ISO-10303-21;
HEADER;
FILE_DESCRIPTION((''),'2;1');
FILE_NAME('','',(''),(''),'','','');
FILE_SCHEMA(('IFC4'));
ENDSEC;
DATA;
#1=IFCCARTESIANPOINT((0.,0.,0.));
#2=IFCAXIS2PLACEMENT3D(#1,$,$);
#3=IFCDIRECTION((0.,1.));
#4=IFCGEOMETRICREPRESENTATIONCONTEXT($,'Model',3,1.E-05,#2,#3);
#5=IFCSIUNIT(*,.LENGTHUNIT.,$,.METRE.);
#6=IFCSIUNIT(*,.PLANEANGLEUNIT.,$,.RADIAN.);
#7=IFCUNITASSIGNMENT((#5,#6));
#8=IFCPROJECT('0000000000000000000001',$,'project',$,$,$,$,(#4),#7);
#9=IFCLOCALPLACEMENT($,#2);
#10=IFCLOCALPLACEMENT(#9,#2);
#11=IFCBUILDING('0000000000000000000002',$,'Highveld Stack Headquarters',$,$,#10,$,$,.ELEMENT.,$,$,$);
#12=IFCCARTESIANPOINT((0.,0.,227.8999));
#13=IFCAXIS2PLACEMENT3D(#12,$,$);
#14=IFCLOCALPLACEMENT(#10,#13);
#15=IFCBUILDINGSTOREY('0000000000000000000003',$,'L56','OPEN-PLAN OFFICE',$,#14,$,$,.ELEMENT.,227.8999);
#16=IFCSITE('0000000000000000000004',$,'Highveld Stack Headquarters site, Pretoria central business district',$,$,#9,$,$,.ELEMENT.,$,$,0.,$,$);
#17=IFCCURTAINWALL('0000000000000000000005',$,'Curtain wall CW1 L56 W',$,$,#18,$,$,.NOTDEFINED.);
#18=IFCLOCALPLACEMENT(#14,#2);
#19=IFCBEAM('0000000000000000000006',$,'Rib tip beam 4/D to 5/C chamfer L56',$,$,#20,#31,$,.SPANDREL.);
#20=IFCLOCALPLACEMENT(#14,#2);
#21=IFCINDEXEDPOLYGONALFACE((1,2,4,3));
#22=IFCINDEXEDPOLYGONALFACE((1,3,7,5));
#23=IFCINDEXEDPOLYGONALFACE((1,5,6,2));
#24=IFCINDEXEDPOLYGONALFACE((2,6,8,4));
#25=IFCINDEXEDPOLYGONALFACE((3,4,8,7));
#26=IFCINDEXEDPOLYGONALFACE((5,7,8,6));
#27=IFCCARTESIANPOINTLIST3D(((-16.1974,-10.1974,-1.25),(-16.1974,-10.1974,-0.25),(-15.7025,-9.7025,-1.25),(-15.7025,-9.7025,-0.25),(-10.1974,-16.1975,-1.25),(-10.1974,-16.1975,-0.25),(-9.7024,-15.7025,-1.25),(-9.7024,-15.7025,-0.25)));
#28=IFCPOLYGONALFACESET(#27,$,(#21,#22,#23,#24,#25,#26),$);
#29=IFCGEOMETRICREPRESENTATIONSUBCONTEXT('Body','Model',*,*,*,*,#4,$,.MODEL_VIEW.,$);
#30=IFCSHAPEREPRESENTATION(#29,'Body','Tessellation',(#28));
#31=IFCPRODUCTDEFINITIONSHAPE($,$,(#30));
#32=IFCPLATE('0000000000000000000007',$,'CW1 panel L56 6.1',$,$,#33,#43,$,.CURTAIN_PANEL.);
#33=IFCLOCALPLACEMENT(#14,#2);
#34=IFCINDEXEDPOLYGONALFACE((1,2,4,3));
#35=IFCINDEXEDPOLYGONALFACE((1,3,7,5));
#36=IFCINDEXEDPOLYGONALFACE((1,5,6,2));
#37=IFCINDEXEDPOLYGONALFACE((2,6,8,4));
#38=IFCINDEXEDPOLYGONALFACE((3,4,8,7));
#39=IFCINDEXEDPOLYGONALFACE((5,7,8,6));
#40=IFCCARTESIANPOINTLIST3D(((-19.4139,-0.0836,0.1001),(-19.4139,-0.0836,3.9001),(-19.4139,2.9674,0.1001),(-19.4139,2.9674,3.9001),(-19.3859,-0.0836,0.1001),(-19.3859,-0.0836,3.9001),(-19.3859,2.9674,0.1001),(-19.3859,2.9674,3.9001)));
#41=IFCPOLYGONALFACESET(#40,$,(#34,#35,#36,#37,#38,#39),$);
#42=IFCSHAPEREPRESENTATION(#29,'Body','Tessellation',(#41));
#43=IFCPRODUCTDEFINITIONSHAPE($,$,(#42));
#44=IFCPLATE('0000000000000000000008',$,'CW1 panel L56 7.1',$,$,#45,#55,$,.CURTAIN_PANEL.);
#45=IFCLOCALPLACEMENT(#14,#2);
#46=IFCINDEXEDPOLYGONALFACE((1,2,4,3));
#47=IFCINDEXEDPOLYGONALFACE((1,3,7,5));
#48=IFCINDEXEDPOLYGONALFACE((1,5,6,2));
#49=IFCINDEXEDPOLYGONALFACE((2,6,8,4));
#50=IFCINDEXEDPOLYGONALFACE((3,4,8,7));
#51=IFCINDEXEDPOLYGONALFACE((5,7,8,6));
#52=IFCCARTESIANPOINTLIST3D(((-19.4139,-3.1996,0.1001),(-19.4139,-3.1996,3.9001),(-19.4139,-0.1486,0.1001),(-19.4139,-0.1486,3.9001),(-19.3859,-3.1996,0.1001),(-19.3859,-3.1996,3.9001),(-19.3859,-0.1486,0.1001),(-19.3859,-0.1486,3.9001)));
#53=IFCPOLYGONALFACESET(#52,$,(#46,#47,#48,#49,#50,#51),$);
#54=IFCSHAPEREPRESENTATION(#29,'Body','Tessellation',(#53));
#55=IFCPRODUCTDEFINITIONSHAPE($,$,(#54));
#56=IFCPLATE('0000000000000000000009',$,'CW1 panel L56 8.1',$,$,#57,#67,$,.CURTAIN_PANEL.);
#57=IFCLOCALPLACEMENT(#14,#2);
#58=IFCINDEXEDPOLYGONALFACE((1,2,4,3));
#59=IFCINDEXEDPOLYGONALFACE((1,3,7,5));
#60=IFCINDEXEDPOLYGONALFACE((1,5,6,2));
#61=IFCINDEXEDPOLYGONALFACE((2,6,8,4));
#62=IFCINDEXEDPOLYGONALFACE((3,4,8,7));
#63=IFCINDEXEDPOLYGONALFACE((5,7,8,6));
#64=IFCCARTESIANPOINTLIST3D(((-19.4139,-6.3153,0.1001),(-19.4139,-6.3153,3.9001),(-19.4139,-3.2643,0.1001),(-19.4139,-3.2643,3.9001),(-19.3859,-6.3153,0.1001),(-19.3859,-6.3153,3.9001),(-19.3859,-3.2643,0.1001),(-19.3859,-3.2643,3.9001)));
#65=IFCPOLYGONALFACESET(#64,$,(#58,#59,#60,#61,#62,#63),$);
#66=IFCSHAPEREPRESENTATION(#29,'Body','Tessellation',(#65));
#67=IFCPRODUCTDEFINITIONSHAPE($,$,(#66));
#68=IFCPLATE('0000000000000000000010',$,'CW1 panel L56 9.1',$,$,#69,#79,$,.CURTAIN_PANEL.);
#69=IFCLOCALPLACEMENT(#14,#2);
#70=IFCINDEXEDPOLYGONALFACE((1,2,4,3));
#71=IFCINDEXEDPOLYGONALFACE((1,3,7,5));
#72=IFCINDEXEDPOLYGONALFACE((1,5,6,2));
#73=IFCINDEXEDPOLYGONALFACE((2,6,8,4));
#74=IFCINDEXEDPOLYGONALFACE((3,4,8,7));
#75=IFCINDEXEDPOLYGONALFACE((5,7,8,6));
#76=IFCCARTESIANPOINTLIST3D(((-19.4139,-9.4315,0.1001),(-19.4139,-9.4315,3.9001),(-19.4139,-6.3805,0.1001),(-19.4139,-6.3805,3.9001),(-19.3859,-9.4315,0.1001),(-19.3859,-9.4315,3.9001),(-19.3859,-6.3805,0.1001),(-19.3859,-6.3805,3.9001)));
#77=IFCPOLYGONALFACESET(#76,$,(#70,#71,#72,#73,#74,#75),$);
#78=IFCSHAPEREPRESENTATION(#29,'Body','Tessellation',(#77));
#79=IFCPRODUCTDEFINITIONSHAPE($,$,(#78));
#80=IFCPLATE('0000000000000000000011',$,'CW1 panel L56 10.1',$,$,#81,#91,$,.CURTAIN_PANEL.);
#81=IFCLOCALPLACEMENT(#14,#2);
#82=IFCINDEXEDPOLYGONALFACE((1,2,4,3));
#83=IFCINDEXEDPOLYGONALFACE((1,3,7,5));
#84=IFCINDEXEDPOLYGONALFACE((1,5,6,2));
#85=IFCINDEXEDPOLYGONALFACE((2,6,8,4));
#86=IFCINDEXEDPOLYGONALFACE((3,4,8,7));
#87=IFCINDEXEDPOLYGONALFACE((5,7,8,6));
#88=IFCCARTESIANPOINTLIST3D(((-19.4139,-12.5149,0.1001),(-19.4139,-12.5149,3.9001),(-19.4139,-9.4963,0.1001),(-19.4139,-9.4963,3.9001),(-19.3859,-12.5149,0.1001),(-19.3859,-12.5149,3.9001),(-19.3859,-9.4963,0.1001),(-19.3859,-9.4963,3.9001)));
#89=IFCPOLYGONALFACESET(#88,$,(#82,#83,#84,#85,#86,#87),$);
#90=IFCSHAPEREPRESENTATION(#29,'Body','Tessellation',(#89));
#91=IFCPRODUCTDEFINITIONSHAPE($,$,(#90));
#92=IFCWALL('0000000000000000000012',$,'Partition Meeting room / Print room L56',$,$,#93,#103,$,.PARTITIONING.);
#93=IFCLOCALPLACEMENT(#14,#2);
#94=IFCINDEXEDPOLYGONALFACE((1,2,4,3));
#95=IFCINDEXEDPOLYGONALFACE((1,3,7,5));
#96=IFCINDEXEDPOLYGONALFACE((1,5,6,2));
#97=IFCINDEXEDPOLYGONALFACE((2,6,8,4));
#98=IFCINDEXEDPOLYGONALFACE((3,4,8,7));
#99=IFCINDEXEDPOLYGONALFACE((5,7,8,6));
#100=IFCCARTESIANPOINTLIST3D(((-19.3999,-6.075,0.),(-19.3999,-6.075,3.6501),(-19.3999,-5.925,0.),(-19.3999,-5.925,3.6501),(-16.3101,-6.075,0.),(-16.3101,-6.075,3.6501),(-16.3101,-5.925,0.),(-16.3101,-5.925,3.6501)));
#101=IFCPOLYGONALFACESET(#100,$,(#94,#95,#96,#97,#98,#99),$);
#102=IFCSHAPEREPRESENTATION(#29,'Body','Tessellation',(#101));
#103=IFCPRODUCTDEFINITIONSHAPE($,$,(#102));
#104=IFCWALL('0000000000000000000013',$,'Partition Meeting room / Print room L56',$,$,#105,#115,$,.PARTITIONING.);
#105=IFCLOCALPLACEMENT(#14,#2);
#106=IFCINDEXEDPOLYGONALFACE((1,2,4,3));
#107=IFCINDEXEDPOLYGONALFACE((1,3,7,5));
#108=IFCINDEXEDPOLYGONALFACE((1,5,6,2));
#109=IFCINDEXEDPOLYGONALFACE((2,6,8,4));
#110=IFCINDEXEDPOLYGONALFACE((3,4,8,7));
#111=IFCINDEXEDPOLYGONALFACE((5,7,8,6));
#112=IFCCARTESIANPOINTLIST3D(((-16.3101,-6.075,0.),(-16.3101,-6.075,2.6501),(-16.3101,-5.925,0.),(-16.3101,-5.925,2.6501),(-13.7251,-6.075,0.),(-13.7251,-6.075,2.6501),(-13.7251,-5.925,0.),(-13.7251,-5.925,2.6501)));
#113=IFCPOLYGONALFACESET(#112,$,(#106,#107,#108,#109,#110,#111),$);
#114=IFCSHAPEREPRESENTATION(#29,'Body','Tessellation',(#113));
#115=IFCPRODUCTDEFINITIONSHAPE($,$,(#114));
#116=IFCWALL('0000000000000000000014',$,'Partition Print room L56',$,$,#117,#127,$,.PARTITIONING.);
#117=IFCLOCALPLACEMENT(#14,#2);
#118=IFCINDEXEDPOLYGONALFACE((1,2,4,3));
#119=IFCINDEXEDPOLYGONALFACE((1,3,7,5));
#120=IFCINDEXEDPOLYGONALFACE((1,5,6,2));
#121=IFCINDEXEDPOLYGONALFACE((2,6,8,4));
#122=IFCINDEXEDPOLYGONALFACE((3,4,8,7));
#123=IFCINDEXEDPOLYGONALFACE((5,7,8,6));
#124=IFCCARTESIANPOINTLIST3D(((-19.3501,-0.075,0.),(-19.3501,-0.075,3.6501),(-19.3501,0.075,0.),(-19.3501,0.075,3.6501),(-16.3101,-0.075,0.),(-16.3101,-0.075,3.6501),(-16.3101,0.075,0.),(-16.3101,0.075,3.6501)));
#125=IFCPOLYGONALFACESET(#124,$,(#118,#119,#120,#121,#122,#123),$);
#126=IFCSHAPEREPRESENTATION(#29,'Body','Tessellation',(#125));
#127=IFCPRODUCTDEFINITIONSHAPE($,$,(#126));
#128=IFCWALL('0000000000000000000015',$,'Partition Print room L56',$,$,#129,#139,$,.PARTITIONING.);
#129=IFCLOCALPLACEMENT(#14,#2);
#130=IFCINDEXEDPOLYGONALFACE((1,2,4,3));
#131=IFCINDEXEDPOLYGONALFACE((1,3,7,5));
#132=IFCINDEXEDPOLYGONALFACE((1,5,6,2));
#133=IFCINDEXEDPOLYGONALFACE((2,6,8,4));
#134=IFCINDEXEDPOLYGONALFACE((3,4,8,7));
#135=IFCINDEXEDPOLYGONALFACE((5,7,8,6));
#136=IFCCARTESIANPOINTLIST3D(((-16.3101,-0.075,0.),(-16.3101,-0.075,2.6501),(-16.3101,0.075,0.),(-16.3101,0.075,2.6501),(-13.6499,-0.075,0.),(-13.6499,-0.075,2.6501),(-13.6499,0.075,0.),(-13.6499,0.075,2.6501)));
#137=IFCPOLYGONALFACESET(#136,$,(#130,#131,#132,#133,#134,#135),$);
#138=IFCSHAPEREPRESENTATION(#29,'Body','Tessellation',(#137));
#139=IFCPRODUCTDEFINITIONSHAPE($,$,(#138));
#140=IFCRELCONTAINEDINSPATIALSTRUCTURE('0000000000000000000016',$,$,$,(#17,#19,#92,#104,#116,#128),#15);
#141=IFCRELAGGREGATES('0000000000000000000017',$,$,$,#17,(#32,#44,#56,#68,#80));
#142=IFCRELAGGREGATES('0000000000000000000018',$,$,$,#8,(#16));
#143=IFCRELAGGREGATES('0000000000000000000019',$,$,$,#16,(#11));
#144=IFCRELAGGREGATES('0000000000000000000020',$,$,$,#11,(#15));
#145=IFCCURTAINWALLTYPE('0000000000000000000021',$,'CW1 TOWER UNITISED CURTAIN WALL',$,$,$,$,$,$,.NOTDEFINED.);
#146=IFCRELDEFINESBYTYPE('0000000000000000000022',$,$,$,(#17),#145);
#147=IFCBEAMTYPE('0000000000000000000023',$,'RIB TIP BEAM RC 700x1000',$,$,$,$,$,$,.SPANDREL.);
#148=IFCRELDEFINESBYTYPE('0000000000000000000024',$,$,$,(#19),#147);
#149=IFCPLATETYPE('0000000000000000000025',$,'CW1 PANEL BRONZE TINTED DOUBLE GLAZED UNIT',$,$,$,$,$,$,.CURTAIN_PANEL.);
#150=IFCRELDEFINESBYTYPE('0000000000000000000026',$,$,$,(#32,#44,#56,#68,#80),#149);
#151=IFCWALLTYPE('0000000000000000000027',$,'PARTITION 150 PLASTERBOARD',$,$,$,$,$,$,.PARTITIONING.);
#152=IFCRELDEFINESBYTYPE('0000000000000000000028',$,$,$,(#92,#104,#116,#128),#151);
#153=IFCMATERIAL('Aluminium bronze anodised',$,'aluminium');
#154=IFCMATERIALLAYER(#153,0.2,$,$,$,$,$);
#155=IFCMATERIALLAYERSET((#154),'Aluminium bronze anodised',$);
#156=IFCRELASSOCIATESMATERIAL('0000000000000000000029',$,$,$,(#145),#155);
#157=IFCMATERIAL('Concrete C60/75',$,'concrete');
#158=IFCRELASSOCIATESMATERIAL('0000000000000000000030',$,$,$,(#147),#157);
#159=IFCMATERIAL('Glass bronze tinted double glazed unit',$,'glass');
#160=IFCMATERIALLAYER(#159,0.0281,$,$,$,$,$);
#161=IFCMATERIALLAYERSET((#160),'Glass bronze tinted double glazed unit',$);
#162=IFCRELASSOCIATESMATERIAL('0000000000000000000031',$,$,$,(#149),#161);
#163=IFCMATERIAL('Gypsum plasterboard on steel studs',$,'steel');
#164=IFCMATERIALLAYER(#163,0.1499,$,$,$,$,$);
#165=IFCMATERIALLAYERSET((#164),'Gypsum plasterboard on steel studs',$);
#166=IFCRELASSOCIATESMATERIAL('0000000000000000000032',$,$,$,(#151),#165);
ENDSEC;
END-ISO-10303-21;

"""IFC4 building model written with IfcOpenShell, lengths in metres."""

from ifc_helpers import new_model, si_unit, direction, frame, frame_2d, origin, origin_2d, place, context, subcontext, project, spatial, rectangle, extrude, material, layer, layer_set, material_profile, profile_set, type_object, element, aggregate, save


model = new_model("IFC4")

# Units and contexts
model_context = context("Model", 3, precision=1e-05, world=origin(), true_north=direction((0.0, 1.0)))
body_context = subcontext(model_context, "Body", "Model", "MODEL_VIEW")
ifc_project = project(units=[si_unit("LENGTHUNIT", "METRE"), si_unit("PLANEANGLEUNIT", "RADIAN")], contexts=[model_context])

# Site, building, storey
site_placement = place(None, origin())
site = spatial("IfcSite", under=ifc_project, at=site_placement, Name="Highveld Stack Headquarters site, Pretoria central business district", CompositionType="ELEMENT", RefElevation=0.0)
building_placement = place(site_placement, origin())
building = spatial("IfcBuilding", under=site, at=building_placement, Name="Highveld Stack Headquarters", CompositionType="ELEMENT")
storey_placement = place(building_placement, frame((0.0, 0.0, 227.8999)))
storey = spatial("IfcBuildingStorey", under=building, at=storey_placement, Name="L56", Description="OPEN-PLAN OFFICE", CompositionType="ELEMENT", Elevation=227.8999)

# Curtain wall
ifc_material_1 = material(Name="Aluminium bronze anodised", Category="aluminium")
ifc_layer_1 = layer(ifc_material_1, 0.2)
ifc_layer_set_1 = layer_set([ifc_layer_1], Name="Aluminium bronze anodised")
curtain_wall_type = type_object("IfcCurtainWallType", Name="CW1 TOWER UNITISED CURTAIN WALL", PredefinedType="NOTDEFINED", material=ifc_layer_set_1)
curtain_wall_placement = place(storey_placement, origin())
curtain_wall = element("IfcCurtainWall", 1, at=curtain_wall_placement, inside=storey, type_object=curtain_wall_type, Name="Curtain wall CW1 L56 W", PredefinedType="NOTDEFINED")

# Beam
ifc_material_2 = material(Name="Concrete C60/75", Category="concrete")
ifc_material_profile_1 = material_profile(ifc_material_2, rectangle(XDim=0.7, YDim=1.0, at=origin_2d()), Name="RC 700x1000")
ifc_profile_set_1 = profile_set([ifc_material_profile_1], Name="Concrete C60/75")
beam_type = type_object("IfcBeamType", Name="RIB TIP BEAM RC 700x1000", PredefinedType="SPANDREL", material=ifc_profile_set_1)
beam_1_placement = place(storey_placement, frame((-15.95, -9.95, -0.75), z_axis=(0.707107, -0.707107, 0.0), x_axis=(0.707107, 0.707107, 0.0)))
element("IfcBeam", 2, at=beam_1_placement, inside=storey, type_object=beam_type, Name="Rib tip beam 4/D to 5/C chamfer L56", PredefinedType="SPANDREL", context=body_context, shape_type="SweptSolid", body=[
    extrude(rectangle(XDim=0.7, YDim=1.0, at=origin_2d()), origin(), (0.0, 0.0, 1.0), 8.4854),
])

# Plates
ifc_material_3 = material(Name="Glass bronze tinted double glazed unit", Category="glass")
ifc_layer_2 = layer(ifc_material_3, 0.0281)
ifc_layer_set_2 = layer_set([ifc_layer_2], Name="Glass bronze tinted double glazed unit")
plate_type = type_object("IfcPlateType", Name="CW1 PANEL BRONZE TINTED DOUBLE GLAZED UNIT", PredefinedType="CURTAIN_PANEL", material=ifc_layer_set_2)
plate_1_placement = place(storey_placement, frame((-19.3999, 1.4419, 0.1001), z_axis=(0.0, 0.0, 1.0), x_axis=(0.0, -1.0, 0.0)))
plate_1 = element("IfcPlate", 3, at=plate_1_placement, type_object=plate_type, Name="CW1 panel L56 6.1", PredefinedType="CURTAIN_PANEL", context=body_context, shape_type="SweptSolid", body=[
    extrude(rectangle(XDim=3.051, YDim=0.0281, at=origin_2d()), origin(), (0.0, 0.0, 1.0), 3.8),
])
plate_2_placement = place(storey_placement, frame((-19.3999, -1.6741, 0.1001), z_axis=(0.0, 0.0, 1.0), x_axis=(0.0, -1.0, 0.0)))
plate_2 = element("IfcPlate", 4, at=plate_2_placement, type_object=plate_type, Name="CW1 panel L56 7.1", PredefinedType="CURTAIN_PANEL", context=body_context, shape_type="SweptSolid", body=[
    extrude(rectangle(XDim=3.051, YDim=0.0281, at=origin_2d()), origin(), (0.0, 0.0, 1.0), 3.8),
])
plate_3_placement = place(storey_placement, frame((-19.3999, -4.7898, 0.1001), z_axis=(0.0, 0.0, 1.0), x_axis=(0.0, -1.0, 0.0)))
plate_3 = element("IfcPlate", 5, at=plate_3_placement, type_object=plate_type, Name="CW1 panel L56 8.1", PredefinedType="CURTAIN_PANEL", context=body_context, shape_type="SweptSolid", body=[
    extrude(rectangle(XDim=3.051, YDim=0.0281, at=origin_2d()), origin(), (0.0, 0.0, 1.0), 3.8),
])
plate_4_placement = place(storey_placement, frame((-19.3999, -7.906, 0.1001), z_axis=(0.0, 0.0, 1.0), x_axis=(0.0, -1.0, 0.0)))
plate_4 = element("IfcPlate", 6, at=plate_4_placement, type_object=plate_type, Name="CW1 panel L56 9.1", PredefinedType="CURTAIN_PANEL", context=body_context, shape_type="SweptSolid", body=[
    extrude(rectangle(XDim=3.051, YDim=0.0281, at=origin_2d()), origin(), (0.0, 0.0, 1.0), 3.8),
])
plate_5_placement = place(storey_placement, frame((-19.3999, -11.0056, 0.1001), z_axis=(0.0, 0.0, 1.0), x_axis=(0.0, -1.0, 0.0)))
plate_5 = element("IfcPlate", 7, at=plate_5_placement, type_object=plate_type, Name="CW1 panel L56 10.1", PredefinedType="CURTAIN_PANEL", context=body_context, shape_type="SweptSolid", body=[
    extrude(rectangle(XDim=3.0186, YDim=0.0281, at=origin_2d()), origin(), (0.0, 0.0, 1.0), 3.8),
])
aggregate(curtain_wall, [plate_1, plate_2, plate_3, plate_4, plate_5])

# Walls
ifc_material_4 = material(Name="Gypsum plasterboard on steel studs", Category="steel")
ifc_layer_3 = layer(ifc_material_4, 0.1499)
ifc_layer_set_3 = layer_set([ifc_layer_3], Name="Gypsum plasterboard on steel studs")
wall_type = type_object("IfcWallType", Name="PARTITION 150 PLASTERBOARD", PredefinedType="PARTITIONING", material=ifc_layer_set_3)
wall_1_placement = place(storey_placement, frame((-19.3999, -6.0, 0.0), z_axis=(0.0, 0.0, 1.0), x_axis=(1.0, 0.0, 0.0)))
element("IfcWall", 8, at=wall_1_placement, inside=storey, type_object=wall_type, Name="Partition Meeting room / Print room L56", PredefinedType="PARTITIONING", context=body_context, shape_type="SweptSolid", body=[
    extrude(rectangle(XDim=3.0898, YDim=0.1499, at=frame_2d((1.5449, 0.0))), origin(), (0.0, 0.0, 1.0), 3.6501),
])
wall_2_placement = place(storey_placement, frame((-16.3101, -6.0, 0.0), z_axis=(0.0, 0.0, 1.0), x_axis=(1.0, 0.0, 0.0)))
element("IfcWall", 9, at=wall_2_placement, inside=storey, type_object=wall_type, Name="Partition Meeting room / Print room L56", PredefinedType="PARTITIONING", context=body_context, shape_type="SweptSolid", body=[
    extrude(rectangle(XDim=2.585, YDim=0.1499, at=frame_2d((1.2925, 0.0))), origin(), (0.0, 0.0, 1.0), 2.6501),
])
wall_3_placement = place(storey_placement, frame((-19.3501, 0.0, 0.0), z_axis=(0.0, 0.0, 1.0), x_axis=(1.0, 0.0, 0.0)))
element("IfcWall", 10, at=wall_3_placement, inside=storey, type_object=wall_type, Name="Partition Print room L56", PredefinedType="PARTITIONING", context=body_context, shape_type="SweptSolid", body=[
    extrude(rectangle(XDim=3.04, YDim=0.1499, at=frame_2d((1.52, 0.0))), origin(), (0.0, 0.0, 1.0), 3.6501),
])
wall_4_placement = place(storey_placement, frame((-16.3101, 0.0, 0.0), z_axis=(0.0, 0.0, 1.0), x_axis=(1.0, 0.0, 0.0)))
element("IfcWall", 11, at=wall_4_placement, inside=storey, type_object=wall_type, Name="Partition Print room L56", PredefinedType="PARTITIONING", context=body_context, shape_type="SweptSolid", body=[
    extrude(rectangle(XDim=2.6602, YDim=0.1499, at=frame_2d((1.3301, 0.0))), origin(), (0.0, 0.0, 1.0), 2.6501),
])

save(model, "model.ifc")
